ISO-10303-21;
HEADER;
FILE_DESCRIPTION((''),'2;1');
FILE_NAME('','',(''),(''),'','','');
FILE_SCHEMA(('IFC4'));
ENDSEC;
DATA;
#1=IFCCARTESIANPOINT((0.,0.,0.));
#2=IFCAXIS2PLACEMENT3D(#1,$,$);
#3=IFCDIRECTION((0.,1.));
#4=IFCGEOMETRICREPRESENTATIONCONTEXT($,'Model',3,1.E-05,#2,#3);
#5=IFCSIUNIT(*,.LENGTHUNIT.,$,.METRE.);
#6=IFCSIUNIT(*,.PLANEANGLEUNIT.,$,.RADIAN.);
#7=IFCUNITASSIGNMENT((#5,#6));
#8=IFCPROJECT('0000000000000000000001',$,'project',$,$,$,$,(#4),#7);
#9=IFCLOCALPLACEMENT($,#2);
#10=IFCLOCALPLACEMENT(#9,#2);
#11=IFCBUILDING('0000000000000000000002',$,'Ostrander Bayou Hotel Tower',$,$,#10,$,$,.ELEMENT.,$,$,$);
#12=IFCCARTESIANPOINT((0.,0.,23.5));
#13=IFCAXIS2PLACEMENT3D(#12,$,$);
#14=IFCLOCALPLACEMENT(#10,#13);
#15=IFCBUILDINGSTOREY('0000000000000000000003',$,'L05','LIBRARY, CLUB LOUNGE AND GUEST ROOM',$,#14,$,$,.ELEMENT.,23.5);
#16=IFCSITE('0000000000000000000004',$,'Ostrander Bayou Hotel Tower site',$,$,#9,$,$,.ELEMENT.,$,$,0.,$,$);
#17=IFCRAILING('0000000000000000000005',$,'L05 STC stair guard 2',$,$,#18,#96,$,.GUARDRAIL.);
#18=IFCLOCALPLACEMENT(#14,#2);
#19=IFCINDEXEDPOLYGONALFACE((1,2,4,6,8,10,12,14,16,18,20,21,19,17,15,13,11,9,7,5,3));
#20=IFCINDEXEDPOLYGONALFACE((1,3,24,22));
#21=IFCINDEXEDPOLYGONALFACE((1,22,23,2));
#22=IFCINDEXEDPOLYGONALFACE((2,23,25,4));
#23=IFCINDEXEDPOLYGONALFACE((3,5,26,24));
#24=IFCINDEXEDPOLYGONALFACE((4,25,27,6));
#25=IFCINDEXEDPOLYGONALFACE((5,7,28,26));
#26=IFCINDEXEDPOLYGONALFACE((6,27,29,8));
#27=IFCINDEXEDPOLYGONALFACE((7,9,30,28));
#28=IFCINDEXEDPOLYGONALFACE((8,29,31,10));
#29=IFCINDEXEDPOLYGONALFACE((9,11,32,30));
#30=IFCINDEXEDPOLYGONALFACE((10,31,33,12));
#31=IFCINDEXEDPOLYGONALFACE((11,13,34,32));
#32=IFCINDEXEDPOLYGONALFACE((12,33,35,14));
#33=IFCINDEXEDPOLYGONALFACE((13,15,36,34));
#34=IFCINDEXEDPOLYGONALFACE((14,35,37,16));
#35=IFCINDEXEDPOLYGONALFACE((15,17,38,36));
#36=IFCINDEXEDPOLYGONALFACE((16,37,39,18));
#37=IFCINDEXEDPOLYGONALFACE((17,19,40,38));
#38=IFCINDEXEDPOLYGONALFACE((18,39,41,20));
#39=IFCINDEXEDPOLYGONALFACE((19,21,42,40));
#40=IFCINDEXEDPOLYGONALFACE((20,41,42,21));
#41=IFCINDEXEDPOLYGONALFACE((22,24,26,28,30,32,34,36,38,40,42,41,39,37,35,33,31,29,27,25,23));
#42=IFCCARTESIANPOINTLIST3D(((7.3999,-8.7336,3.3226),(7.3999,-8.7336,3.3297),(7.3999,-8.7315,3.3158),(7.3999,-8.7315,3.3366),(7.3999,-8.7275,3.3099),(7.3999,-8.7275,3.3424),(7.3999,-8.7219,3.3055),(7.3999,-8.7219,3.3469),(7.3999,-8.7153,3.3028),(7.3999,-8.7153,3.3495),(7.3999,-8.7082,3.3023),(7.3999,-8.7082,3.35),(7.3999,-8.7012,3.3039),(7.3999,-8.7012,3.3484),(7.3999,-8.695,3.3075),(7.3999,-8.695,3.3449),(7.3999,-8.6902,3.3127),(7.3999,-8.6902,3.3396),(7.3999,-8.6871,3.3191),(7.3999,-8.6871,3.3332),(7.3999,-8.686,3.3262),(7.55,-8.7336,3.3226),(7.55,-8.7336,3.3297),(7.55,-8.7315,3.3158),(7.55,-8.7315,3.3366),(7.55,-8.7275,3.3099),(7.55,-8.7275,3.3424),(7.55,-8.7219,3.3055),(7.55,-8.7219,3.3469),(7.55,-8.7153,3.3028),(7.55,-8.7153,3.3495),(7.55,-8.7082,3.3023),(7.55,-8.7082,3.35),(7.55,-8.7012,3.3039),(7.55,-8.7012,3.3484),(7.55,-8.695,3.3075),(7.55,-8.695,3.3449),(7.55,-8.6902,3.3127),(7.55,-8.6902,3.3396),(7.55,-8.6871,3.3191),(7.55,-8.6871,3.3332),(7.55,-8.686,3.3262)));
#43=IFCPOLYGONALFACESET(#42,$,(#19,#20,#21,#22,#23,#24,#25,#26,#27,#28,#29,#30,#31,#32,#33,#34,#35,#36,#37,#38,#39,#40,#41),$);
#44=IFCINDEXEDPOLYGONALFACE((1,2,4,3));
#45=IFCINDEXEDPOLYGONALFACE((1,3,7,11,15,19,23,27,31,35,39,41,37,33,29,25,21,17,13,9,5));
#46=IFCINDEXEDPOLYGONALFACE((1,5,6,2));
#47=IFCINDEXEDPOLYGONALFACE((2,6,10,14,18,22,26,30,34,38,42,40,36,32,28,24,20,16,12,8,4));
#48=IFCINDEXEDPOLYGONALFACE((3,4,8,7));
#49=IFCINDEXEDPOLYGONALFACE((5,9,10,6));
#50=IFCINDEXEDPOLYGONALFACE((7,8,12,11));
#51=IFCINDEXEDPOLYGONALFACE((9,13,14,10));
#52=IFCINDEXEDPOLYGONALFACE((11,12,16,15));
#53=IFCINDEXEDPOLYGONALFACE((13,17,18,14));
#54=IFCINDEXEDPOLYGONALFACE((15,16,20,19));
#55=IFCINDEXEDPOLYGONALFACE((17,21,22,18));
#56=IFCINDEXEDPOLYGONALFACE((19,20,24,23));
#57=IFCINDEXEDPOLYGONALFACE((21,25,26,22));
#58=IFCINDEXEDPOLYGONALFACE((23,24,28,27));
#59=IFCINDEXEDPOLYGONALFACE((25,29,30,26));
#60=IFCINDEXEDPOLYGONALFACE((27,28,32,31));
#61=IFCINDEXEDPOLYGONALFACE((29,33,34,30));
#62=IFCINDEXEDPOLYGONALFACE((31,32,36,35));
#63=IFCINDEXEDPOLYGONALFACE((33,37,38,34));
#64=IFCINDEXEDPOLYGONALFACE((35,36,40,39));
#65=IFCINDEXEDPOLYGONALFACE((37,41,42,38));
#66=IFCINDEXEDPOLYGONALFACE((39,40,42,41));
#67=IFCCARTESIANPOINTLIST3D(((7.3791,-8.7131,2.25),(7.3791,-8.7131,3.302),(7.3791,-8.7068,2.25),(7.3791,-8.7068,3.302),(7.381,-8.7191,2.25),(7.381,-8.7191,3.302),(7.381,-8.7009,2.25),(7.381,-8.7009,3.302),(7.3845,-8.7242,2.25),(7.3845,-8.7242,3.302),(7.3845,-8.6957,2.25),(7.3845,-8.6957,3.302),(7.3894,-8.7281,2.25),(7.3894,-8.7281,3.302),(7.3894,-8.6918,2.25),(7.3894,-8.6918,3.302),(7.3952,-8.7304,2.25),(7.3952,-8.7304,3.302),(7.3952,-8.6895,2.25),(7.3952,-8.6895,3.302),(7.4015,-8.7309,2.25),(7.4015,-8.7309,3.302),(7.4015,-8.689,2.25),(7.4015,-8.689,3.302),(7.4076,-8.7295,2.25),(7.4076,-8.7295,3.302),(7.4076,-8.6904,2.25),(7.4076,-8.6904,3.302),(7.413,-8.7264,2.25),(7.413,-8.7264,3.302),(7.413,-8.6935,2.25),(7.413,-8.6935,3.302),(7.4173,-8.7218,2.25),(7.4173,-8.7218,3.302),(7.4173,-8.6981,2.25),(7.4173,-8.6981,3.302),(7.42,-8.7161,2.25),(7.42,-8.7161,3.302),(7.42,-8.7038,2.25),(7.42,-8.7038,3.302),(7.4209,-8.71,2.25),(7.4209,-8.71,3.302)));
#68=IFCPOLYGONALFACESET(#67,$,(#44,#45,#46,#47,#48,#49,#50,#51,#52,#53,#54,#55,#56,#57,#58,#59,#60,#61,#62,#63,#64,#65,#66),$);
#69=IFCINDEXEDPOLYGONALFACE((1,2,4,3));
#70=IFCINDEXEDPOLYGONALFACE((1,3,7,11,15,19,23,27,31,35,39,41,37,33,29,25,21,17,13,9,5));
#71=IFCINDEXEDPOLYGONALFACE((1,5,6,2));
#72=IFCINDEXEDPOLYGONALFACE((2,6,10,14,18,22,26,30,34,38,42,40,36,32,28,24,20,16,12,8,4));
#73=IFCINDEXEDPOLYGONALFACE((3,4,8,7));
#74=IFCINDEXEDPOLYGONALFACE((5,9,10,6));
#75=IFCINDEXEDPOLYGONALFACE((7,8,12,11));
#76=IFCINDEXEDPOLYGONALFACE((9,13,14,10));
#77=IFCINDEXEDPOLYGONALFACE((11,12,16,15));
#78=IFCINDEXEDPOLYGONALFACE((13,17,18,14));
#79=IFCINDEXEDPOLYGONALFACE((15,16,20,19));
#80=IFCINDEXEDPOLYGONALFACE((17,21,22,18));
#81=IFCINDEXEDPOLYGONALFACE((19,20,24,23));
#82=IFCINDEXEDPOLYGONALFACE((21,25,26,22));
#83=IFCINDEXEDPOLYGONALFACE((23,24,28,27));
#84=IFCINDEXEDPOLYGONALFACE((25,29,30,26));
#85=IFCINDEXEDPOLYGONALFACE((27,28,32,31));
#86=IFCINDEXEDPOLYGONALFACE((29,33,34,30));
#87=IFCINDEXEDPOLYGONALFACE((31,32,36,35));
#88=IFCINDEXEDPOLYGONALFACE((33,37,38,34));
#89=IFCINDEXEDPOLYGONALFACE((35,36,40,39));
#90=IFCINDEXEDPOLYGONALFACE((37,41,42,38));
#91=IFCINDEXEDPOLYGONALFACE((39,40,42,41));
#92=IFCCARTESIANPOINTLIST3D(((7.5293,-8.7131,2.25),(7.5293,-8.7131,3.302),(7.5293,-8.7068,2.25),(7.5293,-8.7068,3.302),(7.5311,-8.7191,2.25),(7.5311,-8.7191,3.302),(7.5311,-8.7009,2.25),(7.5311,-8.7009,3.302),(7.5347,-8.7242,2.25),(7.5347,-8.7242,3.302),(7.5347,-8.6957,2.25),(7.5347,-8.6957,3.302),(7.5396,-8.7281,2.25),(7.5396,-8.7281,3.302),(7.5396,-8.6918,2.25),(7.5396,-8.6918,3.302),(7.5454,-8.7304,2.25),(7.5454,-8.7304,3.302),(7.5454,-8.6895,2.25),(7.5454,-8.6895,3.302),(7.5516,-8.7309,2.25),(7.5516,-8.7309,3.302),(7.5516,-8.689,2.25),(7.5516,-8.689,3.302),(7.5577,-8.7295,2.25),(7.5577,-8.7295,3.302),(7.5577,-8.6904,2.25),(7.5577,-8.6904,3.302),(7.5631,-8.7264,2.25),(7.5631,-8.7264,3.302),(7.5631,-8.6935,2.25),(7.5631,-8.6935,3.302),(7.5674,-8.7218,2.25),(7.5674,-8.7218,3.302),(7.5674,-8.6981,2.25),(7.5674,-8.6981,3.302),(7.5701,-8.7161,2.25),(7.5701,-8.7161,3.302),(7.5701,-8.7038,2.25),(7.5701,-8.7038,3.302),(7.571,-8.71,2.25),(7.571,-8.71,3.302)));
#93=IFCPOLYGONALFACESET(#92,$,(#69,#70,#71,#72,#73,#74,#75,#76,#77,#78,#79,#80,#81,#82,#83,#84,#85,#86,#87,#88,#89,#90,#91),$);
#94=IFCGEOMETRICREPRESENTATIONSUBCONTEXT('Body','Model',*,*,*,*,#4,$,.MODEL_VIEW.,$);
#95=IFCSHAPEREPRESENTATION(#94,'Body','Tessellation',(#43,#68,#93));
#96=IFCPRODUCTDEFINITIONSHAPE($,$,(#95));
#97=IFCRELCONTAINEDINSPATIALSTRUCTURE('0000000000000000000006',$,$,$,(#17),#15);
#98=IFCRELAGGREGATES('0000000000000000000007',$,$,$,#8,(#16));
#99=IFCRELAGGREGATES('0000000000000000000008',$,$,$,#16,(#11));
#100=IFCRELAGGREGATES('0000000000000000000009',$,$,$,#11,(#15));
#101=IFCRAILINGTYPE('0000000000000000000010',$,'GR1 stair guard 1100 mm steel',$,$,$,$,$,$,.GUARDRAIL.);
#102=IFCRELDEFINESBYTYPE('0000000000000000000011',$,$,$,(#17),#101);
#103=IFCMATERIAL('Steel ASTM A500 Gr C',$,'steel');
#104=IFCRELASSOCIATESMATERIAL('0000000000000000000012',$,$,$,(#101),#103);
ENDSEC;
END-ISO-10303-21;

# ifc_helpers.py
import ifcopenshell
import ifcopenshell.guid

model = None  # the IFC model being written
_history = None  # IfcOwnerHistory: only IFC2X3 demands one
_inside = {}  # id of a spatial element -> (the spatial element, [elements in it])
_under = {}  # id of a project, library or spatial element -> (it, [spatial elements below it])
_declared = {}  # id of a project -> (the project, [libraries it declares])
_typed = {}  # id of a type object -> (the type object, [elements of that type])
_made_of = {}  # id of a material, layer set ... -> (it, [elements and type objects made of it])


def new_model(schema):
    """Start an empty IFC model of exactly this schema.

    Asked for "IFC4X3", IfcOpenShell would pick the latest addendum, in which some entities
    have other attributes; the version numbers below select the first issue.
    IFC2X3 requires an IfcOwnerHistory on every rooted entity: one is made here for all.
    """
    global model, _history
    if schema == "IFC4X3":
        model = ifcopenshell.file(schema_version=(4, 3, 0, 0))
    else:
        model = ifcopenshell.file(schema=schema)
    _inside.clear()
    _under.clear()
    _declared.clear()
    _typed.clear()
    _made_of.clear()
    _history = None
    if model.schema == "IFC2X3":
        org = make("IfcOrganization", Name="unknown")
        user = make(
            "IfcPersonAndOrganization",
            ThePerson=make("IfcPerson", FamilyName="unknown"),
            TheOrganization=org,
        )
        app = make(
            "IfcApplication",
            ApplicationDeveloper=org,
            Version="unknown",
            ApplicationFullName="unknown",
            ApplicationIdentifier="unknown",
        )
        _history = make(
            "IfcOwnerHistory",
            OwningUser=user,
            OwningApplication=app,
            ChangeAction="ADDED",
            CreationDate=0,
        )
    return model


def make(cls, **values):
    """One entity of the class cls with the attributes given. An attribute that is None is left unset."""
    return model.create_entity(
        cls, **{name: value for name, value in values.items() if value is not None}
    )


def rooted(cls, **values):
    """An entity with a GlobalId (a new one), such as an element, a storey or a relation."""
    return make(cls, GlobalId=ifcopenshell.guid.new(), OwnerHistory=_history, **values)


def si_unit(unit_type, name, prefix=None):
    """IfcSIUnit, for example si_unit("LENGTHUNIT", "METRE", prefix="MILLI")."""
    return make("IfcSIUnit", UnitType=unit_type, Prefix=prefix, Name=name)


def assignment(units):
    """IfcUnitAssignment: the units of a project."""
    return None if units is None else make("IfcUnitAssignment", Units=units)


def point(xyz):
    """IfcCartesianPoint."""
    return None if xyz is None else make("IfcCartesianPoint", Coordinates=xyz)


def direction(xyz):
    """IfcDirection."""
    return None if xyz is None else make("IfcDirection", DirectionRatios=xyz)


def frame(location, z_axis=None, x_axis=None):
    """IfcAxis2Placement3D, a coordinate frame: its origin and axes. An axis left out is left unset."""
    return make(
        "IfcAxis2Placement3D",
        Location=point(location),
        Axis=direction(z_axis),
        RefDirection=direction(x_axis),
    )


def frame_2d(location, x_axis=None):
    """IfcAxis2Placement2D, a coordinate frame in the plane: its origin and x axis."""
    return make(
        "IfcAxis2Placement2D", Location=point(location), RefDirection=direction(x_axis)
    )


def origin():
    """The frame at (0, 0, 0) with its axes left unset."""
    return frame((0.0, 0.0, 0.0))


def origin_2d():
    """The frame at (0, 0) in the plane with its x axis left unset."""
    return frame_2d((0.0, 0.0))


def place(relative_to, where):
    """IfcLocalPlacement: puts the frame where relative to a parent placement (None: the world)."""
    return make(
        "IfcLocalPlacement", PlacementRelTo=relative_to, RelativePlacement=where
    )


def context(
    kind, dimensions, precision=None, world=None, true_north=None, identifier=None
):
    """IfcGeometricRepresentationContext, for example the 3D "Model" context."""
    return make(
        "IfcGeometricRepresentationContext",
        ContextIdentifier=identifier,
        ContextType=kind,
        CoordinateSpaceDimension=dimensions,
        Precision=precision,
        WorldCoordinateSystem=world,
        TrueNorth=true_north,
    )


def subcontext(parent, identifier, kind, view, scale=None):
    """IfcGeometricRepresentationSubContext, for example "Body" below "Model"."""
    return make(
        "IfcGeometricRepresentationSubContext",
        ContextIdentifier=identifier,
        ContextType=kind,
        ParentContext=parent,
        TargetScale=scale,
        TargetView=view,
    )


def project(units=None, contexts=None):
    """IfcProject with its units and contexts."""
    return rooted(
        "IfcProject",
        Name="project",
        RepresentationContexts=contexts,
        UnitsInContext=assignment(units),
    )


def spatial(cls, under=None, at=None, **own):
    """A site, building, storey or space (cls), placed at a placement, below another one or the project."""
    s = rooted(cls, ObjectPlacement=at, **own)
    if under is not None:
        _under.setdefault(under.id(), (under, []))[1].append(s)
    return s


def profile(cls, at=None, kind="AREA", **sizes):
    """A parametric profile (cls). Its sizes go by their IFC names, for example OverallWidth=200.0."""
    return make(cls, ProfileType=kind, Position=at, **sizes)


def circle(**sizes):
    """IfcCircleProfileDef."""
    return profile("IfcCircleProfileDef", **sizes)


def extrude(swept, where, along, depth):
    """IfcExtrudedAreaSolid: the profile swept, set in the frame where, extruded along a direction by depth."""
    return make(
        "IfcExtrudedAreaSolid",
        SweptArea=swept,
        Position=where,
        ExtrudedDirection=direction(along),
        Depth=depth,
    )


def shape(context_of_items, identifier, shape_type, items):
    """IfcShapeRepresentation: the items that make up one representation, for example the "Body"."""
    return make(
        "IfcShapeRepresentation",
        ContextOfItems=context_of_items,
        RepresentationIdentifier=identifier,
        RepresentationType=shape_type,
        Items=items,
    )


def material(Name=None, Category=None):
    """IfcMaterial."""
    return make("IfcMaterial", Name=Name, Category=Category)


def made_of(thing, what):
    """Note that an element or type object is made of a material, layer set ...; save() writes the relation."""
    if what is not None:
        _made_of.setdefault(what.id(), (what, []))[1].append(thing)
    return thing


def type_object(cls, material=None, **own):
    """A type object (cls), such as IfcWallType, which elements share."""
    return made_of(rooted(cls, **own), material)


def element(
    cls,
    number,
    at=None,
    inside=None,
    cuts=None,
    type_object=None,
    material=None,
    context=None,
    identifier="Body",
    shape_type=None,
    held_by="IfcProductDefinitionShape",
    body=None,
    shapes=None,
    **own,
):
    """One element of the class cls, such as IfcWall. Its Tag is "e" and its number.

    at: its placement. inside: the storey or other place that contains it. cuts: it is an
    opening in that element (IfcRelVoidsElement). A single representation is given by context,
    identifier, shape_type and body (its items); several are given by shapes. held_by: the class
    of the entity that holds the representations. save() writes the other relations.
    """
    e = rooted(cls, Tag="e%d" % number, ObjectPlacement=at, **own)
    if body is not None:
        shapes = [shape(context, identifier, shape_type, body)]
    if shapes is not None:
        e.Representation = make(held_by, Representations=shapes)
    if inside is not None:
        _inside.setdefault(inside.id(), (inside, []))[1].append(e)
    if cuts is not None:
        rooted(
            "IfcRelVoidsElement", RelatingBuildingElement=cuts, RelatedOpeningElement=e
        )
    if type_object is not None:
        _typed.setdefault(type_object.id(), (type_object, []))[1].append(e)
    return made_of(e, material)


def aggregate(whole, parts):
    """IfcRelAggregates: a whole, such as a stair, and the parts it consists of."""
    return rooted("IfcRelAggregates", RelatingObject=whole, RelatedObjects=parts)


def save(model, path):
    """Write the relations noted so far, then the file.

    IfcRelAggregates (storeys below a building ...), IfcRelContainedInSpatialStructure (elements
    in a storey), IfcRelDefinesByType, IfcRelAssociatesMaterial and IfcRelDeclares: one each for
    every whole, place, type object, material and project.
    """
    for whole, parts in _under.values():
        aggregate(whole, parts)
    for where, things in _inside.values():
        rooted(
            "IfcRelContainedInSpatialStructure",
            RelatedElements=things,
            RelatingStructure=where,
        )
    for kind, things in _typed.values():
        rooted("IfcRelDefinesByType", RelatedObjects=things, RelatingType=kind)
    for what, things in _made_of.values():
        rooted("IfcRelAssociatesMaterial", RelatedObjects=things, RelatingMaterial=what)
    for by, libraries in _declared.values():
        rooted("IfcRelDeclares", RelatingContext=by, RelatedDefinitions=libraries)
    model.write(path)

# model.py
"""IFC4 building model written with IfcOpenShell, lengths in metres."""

from ifc_helpers import new_model, si_unit, direction, frame, origin, origin_2d, place, context, subcontext, project, spatial, circle, extrude, material, type_object, element, save


model = new_model("IFC4")

# Units and contexts
model_context = context("Model", 3, precision=1e-05, world=origin(), true_north=direction((0.0, 1.0)))
body_context = subcontext(model_context, "Body", "Model", "MODEL_VIEW")
ifc_project = project(units=[si_unit("LENGTHUNIT", "METRE"), si_unit("PLANEANGLEUNIT", "RADIAN")], contexts=[model_context])

# Site, building, storey
site_placement = place(None, origin())
site = spatial("IfcSite", under=ifc_project, at=site_placement, Name="Ostrander Bayou Hotel Tower site", CompositionType="ELEMENT", RefElevation=0.0)
building_placement = place(site_placement, origin())
building = spatial("IfcBuilding", under=site, at=building_placement, Name="Ostrander Bayou Hotel Tower", CompositionType="ELEMENT")
storey_placement = place(building_placement, frame((0.0, 0.0, 23.5)))
storey = spatial("IfcBuildingStorey", under=building, at=storey_placement, Name="L05", Description="LIBRARY, CLUB LOUNGE AND GUEST ROOM", CompositionType="ELEMENT", Elevation=23.5)

# Railing
ifc_material_1 = material(Name="Steel ASTM A500 Gr C", Category="steel")
railing_type_1 = type_object("IfcRailingType", Name="GR1 stair guard 1100 mm steel", PredefinedType="GUARDRAIL", material=ifc_material_1)
railing_1_placement = place(storey_placement, frame((7.3999, -8.71, 2.25)))
element("IfcRailing", 1, at=railing_1_placement, inside=storey, type_object=railing_type_1, Name="L05 STC stair guard 2", PredefinedType="GUARDRAIL", context=body_context, shape_type="SweptSolid", body=[
    extrude(circle(Radius=0.0239, at=origin_2d()), frame((0.0, 0.0, 1.0762), z_axis=(1.0, 0.0, 0.0), x_axis=(0.0, 1.0, 0.0)), (0.0, 0.0, 1.0), 0.1501),
    extrude(circle(Radius=0.021, at=origin_2d()), origin(), (0.0, 0.0, 1.0), 1.052),
    extrude(circle(Radius=0.021, at=origin_2d()), frame((0.1501, 0.0, 0.0)), (0.0, 0.0, 1.0), 1.052),
])

save(model, "model.ifc")
